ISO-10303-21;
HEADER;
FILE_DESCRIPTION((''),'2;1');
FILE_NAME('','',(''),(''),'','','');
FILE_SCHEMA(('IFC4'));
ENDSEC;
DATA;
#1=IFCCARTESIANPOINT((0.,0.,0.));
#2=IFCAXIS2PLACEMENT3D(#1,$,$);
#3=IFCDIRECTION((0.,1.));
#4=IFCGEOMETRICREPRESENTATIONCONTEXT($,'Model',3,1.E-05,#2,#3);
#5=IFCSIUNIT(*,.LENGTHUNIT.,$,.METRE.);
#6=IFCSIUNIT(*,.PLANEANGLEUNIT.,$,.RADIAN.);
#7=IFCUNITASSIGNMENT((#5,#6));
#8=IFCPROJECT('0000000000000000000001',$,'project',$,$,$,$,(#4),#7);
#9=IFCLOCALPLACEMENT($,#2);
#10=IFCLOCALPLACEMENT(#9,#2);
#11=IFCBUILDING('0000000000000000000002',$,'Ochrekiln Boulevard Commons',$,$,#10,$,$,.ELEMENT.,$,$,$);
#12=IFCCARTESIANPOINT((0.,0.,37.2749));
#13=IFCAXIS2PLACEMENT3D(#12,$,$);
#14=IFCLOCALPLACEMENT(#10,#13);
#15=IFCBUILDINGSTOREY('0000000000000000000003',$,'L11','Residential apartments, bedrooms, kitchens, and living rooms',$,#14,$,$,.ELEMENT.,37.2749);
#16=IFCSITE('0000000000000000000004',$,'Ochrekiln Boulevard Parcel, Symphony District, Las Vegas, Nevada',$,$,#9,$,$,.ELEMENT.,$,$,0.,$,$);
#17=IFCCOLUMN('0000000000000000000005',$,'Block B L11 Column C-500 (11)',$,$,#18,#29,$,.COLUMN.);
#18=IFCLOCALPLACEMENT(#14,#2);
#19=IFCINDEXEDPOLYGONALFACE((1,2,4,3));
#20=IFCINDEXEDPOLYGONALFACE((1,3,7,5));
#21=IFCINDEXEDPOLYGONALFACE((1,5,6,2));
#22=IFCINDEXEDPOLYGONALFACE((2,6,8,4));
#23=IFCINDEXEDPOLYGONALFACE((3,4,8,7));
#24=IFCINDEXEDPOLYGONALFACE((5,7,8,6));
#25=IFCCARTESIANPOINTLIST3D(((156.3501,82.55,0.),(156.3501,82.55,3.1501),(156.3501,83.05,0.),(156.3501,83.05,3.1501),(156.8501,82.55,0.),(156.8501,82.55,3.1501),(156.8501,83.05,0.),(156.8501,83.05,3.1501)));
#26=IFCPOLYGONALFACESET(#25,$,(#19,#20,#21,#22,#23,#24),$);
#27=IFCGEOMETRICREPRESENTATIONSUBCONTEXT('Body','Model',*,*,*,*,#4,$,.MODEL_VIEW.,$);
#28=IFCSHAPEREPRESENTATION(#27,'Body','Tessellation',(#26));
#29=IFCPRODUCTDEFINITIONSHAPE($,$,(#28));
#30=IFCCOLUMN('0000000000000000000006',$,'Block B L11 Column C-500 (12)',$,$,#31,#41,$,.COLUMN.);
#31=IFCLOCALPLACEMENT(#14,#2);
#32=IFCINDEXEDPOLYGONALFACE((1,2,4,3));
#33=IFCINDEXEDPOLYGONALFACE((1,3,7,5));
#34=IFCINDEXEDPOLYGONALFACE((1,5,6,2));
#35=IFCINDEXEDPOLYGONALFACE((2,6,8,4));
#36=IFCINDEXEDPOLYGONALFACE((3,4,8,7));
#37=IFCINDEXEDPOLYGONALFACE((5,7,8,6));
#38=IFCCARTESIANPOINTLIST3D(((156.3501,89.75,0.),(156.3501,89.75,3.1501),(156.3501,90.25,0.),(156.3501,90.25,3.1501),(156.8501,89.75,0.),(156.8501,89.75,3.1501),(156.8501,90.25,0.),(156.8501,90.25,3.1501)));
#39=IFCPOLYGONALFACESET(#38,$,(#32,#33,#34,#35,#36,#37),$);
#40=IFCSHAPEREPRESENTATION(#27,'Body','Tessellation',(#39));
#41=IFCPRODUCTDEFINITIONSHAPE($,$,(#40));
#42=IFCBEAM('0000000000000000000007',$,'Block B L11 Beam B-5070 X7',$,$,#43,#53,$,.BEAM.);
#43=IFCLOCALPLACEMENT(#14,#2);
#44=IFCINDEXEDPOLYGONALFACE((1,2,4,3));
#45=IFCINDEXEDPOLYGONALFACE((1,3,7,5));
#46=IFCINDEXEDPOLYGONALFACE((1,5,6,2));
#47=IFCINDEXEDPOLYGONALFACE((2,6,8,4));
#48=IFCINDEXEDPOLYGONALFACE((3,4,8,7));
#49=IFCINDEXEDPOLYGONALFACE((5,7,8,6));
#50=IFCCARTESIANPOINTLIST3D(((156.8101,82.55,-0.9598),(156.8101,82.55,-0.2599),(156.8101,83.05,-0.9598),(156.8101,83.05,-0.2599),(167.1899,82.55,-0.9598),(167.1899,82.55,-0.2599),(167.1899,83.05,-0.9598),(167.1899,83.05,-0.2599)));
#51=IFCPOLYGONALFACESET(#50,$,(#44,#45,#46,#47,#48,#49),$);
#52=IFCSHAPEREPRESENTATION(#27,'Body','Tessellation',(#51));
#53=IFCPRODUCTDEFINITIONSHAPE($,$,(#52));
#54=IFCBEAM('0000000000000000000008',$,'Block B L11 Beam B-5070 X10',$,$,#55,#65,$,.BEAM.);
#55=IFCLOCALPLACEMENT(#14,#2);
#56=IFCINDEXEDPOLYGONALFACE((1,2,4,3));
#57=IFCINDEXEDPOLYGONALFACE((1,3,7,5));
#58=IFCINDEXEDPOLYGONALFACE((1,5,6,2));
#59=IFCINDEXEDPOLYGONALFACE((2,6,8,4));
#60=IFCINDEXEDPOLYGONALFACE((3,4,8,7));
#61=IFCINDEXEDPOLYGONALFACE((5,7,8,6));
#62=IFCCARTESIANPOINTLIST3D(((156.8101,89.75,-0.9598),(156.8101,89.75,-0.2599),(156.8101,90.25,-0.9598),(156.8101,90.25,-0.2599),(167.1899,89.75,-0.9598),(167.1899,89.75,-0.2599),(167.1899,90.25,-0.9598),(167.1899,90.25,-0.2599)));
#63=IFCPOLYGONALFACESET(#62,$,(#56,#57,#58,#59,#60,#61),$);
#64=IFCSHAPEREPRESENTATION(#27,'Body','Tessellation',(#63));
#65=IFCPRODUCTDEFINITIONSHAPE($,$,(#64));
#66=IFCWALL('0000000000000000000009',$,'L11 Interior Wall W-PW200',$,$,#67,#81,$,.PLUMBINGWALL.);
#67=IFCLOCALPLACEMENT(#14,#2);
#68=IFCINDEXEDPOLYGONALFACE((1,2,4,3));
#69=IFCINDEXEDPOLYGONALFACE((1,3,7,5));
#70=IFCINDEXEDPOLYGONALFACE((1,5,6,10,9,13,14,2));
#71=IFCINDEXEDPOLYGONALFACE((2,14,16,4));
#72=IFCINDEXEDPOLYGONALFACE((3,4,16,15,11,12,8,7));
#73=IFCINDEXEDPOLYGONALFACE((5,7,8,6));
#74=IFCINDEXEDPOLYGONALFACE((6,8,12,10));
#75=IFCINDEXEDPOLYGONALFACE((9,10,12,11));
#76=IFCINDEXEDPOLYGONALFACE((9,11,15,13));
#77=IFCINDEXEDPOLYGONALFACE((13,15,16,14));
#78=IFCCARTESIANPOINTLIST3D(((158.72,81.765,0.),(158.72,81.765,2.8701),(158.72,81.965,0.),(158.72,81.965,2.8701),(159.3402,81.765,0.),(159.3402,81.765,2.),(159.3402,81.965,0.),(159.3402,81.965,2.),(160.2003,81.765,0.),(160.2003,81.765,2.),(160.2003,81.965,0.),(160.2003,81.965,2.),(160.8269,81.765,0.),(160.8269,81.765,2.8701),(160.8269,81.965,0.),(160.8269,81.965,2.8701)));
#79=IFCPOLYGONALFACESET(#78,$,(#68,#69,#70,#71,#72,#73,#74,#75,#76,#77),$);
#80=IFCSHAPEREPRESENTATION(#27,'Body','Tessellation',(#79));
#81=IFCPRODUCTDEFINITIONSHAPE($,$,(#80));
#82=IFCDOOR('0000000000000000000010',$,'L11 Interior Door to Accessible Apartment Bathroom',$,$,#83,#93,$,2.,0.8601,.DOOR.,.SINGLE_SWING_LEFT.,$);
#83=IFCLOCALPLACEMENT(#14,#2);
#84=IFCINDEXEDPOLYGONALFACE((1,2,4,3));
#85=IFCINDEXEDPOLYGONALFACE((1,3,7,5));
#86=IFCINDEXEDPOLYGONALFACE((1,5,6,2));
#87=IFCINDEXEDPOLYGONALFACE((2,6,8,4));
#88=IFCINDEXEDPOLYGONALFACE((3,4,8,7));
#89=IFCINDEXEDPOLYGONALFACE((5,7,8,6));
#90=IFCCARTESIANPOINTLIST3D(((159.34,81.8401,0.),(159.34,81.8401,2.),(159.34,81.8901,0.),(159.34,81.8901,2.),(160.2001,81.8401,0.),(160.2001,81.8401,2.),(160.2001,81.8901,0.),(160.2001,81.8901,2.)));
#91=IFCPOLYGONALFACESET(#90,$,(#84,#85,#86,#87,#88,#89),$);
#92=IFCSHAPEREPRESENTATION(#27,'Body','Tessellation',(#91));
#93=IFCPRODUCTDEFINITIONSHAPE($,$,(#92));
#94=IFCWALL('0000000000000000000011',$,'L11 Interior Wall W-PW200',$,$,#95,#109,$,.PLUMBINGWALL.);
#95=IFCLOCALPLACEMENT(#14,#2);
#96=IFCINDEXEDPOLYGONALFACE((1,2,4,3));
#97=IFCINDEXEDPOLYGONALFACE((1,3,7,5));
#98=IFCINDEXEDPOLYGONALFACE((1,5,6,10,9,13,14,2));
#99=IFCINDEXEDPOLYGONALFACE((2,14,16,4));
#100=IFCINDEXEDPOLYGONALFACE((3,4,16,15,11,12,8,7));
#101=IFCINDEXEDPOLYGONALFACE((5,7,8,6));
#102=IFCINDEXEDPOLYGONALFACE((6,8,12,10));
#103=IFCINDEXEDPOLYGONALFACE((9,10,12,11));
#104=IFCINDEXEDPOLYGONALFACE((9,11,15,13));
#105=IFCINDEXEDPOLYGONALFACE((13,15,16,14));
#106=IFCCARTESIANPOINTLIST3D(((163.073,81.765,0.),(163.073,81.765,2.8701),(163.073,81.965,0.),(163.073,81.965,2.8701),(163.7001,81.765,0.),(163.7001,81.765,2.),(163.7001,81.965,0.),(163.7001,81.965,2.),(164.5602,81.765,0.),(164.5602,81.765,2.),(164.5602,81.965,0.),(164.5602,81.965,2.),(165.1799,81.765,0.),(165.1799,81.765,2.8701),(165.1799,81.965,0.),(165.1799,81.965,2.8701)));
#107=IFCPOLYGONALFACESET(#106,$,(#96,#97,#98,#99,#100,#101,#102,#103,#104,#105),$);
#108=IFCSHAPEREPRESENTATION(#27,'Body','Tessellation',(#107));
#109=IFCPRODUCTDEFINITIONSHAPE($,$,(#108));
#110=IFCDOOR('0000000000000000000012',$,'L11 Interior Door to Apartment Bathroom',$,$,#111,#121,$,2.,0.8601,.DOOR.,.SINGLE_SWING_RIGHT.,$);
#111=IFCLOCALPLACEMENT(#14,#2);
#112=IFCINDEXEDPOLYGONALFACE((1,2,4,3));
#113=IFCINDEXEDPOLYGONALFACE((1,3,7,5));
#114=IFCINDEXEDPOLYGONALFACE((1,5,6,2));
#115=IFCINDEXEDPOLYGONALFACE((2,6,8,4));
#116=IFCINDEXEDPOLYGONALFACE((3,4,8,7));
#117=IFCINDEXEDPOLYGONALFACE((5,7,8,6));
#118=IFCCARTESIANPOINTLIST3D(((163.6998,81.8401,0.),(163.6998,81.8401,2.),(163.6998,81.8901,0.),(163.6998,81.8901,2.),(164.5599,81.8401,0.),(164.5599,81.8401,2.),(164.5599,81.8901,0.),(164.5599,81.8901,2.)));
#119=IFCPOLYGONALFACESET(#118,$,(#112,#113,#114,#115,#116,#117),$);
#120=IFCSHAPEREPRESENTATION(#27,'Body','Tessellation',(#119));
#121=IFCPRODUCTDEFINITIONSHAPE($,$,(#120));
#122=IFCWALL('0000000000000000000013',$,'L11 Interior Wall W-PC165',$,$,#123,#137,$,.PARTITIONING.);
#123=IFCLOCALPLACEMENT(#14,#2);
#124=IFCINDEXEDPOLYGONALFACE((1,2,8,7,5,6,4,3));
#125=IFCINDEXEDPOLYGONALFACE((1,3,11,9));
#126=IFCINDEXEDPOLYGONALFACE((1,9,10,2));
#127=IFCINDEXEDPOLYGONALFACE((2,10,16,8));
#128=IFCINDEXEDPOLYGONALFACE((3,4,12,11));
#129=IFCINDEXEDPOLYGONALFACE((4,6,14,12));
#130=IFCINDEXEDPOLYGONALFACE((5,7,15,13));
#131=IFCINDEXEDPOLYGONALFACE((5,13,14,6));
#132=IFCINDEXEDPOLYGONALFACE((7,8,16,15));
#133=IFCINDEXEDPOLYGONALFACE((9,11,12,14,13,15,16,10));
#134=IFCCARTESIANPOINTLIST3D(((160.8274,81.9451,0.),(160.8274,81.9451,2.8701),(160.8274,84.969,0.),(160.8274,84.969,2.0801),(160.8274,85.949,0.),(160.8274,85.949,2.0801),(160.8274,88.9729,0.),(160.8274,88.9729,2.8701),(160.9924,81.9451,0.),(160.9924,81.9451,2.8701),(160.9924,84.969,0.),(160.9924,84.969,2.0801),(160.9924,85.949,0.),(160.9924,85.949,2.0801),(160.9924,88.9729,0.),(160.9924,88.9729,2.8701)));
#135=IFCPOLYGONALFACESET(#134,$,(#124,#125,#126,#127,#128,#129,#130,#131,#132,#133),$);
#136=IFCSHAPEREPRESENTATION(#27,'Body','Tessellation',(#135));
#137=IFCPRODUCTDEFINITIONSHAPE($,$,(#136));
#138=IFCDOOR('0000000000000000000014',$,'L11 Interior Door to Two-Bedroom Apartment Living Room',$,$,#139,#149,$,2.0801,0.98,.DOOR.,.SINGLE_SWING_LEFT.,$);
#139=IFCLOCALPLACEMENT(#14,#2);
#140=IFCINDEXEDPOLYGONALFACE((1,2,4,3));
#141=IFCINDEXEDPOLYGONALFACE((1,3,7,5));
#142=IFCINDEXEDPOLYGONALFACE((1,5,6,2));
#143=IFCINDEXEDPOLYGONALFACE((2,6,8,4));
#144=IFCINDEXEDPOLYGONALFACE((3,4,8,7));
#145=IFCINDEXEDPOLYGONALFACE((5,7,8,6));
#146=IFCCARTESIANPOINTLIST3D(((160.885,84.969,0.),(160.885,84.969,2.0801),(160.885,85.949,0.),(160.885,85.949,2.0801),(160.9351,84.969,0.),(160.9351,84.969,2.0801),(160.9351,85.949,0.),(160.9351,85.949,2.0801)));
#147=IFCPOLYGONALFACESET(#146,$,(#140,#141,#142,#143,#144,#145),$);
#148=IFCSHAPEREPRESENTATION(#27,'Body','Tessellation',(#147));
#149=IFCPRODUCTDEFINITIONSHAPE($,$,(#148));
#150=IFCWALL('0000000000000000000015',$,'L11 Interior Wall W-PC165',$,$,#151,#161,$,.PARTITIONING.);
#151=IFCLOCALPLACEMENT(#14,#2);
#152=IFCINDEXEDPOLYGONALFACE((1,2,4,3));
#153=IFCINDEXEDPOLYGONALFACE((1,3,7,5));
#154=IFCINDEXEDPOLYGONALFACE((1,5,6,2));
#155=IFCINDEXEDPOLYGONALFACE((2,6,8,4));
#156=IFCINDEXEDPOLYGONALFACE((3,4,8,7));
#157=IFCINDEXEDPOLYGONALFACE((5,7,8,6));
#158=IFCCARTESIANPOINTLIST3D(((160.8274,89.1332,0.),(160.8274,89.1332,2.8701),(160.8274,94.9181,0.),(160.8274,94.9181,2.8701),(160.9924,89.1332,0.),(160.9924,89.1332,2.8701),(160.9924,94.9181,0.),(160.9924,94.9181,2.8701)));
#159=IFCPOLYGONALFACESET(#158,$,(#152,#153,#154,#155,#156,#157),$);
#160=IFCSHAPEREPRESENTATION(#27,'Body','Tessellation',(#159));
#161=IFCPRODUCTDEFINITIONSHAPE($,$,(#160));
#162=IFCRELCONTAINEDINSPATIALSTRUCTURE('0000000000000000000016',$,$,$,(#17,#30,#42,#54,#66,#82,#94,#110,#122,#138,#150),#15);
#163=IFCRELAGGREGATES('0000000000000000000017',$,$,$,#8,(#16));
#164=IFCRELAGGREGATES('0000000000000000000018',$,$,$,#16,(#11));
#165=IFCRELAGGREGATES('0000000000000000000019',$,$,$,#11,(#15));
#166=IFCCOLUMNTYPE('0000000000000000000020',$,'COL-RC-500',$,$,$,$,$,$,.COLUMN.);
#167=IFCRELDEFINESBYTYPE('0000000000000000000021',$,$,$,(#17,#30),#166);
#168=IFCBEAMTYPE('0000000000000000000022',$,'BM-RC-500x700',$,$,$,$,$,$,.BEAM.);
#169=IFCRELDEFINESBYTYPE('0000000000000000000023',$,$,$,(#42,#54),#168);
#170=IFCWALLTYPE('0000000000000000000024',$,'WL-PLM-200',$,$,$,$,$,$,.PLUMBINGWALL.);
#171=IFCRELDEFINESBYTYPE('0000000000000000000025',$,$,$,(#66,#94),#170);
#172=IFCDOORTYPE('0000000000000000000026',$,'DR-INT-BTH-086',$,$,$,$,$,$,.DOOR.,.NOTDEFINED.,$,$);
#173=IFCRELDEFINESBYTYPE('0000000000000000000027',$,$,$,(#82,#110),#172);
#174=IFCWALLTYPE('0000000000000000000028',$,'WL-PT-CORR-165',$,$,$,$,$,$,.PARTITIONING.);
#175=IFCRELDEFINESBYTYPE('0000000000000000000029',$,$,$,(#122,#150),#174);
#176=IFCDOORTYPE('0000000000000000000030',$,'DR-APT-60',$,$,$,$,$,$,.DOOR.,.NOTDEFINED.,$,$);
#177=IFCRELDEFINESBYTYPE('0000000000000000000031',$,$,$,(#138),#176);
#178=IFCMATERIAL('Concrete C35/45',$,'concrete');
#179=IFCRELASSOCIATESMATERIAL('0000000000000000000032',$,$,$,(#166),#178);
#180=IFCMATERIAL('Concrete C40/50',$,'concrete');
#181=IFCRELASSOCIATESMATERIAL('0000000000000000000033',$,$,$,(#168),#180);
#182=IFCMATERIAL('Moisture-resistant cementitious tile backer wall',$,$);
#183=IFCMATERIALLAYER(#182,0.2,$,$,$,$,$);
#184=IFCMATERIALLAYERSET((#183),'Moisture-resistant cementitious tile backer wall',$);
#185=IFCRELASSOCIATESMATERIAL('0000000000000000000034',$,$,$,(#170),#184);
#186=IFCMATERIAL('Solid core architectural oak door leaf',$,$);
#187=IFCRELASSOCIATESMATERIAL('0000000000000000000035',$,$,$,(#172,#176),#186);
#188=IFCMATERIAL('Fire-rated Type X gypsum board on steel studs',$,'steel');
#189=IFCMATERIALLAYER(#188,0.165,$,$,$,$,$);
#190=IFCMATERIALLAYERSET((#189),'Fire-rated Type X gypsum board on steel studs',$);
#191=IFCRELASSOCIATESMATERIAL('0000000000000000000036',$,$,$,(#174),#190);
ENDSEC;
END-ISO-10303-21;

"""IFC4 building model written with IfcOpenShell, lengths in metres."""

from ifc_helpers import new_model, si_unit, direction, frame, frame_2d, origin, origin_2d, place, context, subcontext, project, spatial, rectangle, extrude, material, layer, layer_set, material_profile, profile_set, type_object, element, fill, save


model = new_model("IFC4")

# Units and contexts
model_context = context("Model", 3, precision=1e-05, world=origin(), true_north=direction((0.0, 1.0)))
body_context = subcontext(model_context, "Body", "Model", "MODEL_VIEW")
ifc_project = project(units=[si_unit("LENGTHUNIT", "METRE"), si_unit("PLANEANGLEUNIT", "RADIAN")], contexts=[model_context])

# Site, building, storey
site_placement = place(None, origin())
site = spatial("IfcSite", under=ifc_project, at=site_placement, Name="Ochrekiln Boulevard Parcel, Symphony District, Las Vegas, Nevada", CompositionType="ELEMENT", RefElevation=0.0)
building_placement = place(site_placement, origin())
building = spatial("IfcBuilding", under=site, at=building_placement, Name="Ochrekiln Boulevard Commons", CompositionType="ELEMENT")
storey_placement = place(building_placement, frame((0.0, 0.0, 37.2749)))
storey = spatial("IfcBuildingStorey", under=building, at=storey_placement, Name="L11", Description="Residential apartments, bedrooms, kitchens, and living rooms", CompositionType="ELEMENT", Elevation=37.2749)

# Columns
ifc_material_1 = material(Name="Concrete C35/45", Category="concrete")
ifc_material_profile_1 = material_profile(ifc_material_1, rectangle(XDim=0.5, YDim=0.5, at=origin_2d()), Name="RC-COL-500x500")
ifc_profile_set_1 = profile_set([ifc_material_profile_1], Name="Concrete C35/45")
column_type = type_object("IfcColumnType", Name="COL-RC-500", PredefinedType="COLUMN", material=ifc_profile_set_1)
for number, where, z_axis, x_axis, name in (
    (1, (156.6001, 82.8, 0.0), (0.0, 0.0, 1.0), (1.0, 0.0, 0.0), "Block B L11 Column C-500 (11)"),
    (2, (156.6001, 90.0, 0.0), (0.0, 0.0, 1.0), (1.0, 0.0, 0.0), "Block B L11 Column C-500 (12)"),
):
    element("IfcColumn", number, at=place(storey_placement, frame(where, z_axis=z_axis, x_axis=x_axis)), inside=storey, type_object=column_type, Name=name, PredefinedType="COLUMN", context=body_context, shape_type="SweptSolid", body=[
        extrude(rectangle(XDim=0.5, YDim=0.5, at=origin_2d()), origin(), (0.0, 0.0, 1.0), 3.1501),
    ])

# Beams
ifc_material_2 = material(Name="Concrete C40/50", Category="concrete")
ifc_material_profile_2 = material_profile(ifc_material_2, rectangle(XDim=0.5, YDim=0.7, at=origin_2d()), Name="RC-BM-500x700")
ifc_profile_set_2 = profile_set([ifc_material_profile_2], Name="Concrete C40/50")
beam_type = type_object("IfcBeamType", Name="BM-RC-500x700", PredefinedType="BEAM", material=ifc_profile_set_2)
for number, where, z_axis, x_axis, name in (
    (3, (156.8101, 82.8, -0.6099), (1.0, 0.0, 0.0), (0.0, 1.0, 0.0), "Block B L11 Beam B-5070 X7"),
    (4, (156.8101, 90.0, -0.6099), (1.0, 0.0, 0.0), (0.0, 1.0, 0.0), "Block B L11 Beam B-5070 X10"),
):
    element("IfcBeam", number, at=place(storey_placement, frame(where, z_axis=z_axis, x_axis=x_axis)), inside=storey, type_object=beam_type, Name=name, PredefinedType="BEAM", context=body_context, shape_type="SweptSolid", body=[
        extrude(rectangle(XDim=0.5, YDim=0.7, at=origin_2d()), origin(), (0.0, 0.0, 1.0), 10.3799),
    ])

# Walls, openings, doors
ifc_material_3 = material(Name="Moisture-resistant cementitious tile backer wall")
ifc_layer_1 = layer(ifc_material_3, 0.2)
ifc_layer_set_1 = layer_set([ifc_layer_1], Name="Moisture-resistant cementitious tile backer wall")
wall_type_1 = type_object("IfcWallType", Name="WL-PLM-200", PredefinedType="PLUMBINGWALL", material=ifc_layer_set_1)
wall_1_placement = place(storey_placement, frame((158.72, 81.865, 0.0), z_axis=(0.0, 0.0, 1.0), x_axis=(1.0, 0.0, 0.0)))
wall_1 = element("IfcWall", 5, at=wall_1_placement, inside=storey, type_object=wall_type_1, Name="L11 Interior Wall W-PW200", PredefinedType="PLUMBINGWALL", context=body_context, shape_type="SweptSolid", body=[
    extrude(rectangle(XDim=2.1069, YDim=0.2, at=frame_2d((1.0535, 0.0))), origin(), (0.0, 0.0, 1.0), 2.8701),
])
opening_1_placement = place(wall_1_placement, frame((0.6201, 0.0, 0.0)))
opening_1 = element("IfcOpeningElement", 6, at=opening_1_placement, cuts=wall_1, PredefinedType="OPENING", context=body_context, shape_type="SweptSolid", body=[
    extrude(rectangle(XDim=0.8601, YDim=2.0, at=frame_2d((0.4302, 1.0))), frame((0.0, 0.1099, 0.0), z_axis=(0.0, -1.0, 0.0), x_axis=(1.0, 0.0, 0.0)), (0.0, 0.0, 1.0), 0.22),
])
ifc_material_4 = material(Name="Solid core architectural oak door leaf")
door_type_1 = type_object("IfcDoorType", Name="DR-INT-BTH-086", OperationType="NOTDEFINED", PredefinedType="DOOR", material=ifc_material_4)
door_1_placement = place(opening_1_placement, frame((0.8601, 0.0, 0.0), z_axis=(0.0, 0.0, 1.0), x_axis=(-1.0, 0.0, 0.0)))
door_1 = element("IfcDoor", 7, at=door_1_placement, inside=storey, type_object=door_type_1, Name="L11 Interior Door to Accessible Apartment Bathroom", OperationType="SINGLE_SWING_LEFT", OverallHeight=2.0, OverallWidth=0.8601, PredefinedType="DOOR", context=body_context, shape_type="SweptSolid", body=[
    extrude(rectangle(XDim=0.8601, YDim=2.0, at=frame_2d((0.4302, 1.0))), frame((0.0, 0.0249, 0.0), z_axis=(0.0, -1.0, 0.0), x_axis=(1.0, 0.0, 0.0)), (0.0, 0.0, 1.0), 0.05),
])
fill(opening_1, door_1)
wall_2_placement = place(storey_placement, frame((163.073, 81.865, 0.0), z_axis=(0.0, 0.0, 1.0), x_axis=(1.0, 0.0, 0.0)))
wall_2 = element("IfcWall", 8, at=wall_2_placement, inside=storey, type_object=wall_type_1, Name="L11 Interior Wall W-PW200", PredefinedType="PLUMBINGWALL", context=body_context, shape_type="SweptSolid", body=[
    extrude(rectangle(XDim=2.1069, YDim=0.2, at=frame_2d((1.0535, 0.0))), origin(), (0.0, 0.0, 1.0), 2.8701),
])
opening_2_placement = place(wall_2_placement, frame((0.627, 0.0, 0.0)))
opening_2 = element("IfcOpeningElement", 9, at=opening_2_placement, cuts=wall_2, PredefinedType="OPENING", context=body_context, shape_type="SweptSolid", body=[
    extrude(rectangle(XDim=0.8601, YDim=2.0, at=frame_2d((0.4302, 1.0))), frame((0.0, 0.1099, 0.0), z_axis=(0.0, -1.0, 0.0), x_axis=(1.0, 0.0, 0.0)), (0.0, 0.0, 1.0), 0.22),
])
door_2_placement = place(opening_2_placement, frame((0.8601, 0.0, 0.0), z_axis=(0.0, 0.0, 1.0), x_axis=(-1.0, 0.0, 0.0)))
door_2 = element("IfcDoor", 10, at=door_2_placement, inside=storey, type_object=door_type_1, Name="L11 Interior Door to Apartment Bathroom", OperationType="SINGLE_SWING_RIGHT", OverallHeight=2.0, OverallWidth=0.8601, PredefinedType="DOOR", context=body_context, shape_type="SweptSolid", body=[
    extrude(rectangle(XDim=0.8601, YDim=2.0, at=frame_2d((0.4302, 1.0))), frame((0.0, 0.0249, 0.0), z_axis=(0.0, -1.0, 0.0), x_axis=(1.0, 0.0, 0.0)), (0.0, 0.0, 1.0), 0.05),
])
fill(opening_2, door_2)
ifc_material_5 = material(Name="Fire-rated Type X gypsum board on steel studs", Category="steel")
ifc_layer_2 = layer(ifc_material_5, 0.165)
ifc_layer_set_2 = layer_set([ifc_layer_2], Name="Fire-rated Type X gypsum board on steel studs")
wall_type_2 = type_object("IfcWallType", Name="WL-PT-CORR-165", PredefinedType="PARTITIONING", material=ifc_layer_set_2)
wall_3_placement = place(storey_placement, frame((160.9099, 81.9451, 0.0), z_axis=(0.0, 0.0, 1.0), x_axis=(0.0, 1.0, 0.0)))
wall_3 = element("IfcWall", 11, at=wall_3_placement, inside=storey, type_object=wall_type_2, Name="L11 Interior Wall W-PC165", PredefinedType="PARTITIONING", context=body_context, shape_type="SweptSolid", body=[
    extrude(rectangle(XDim=7.0278, YDim=0.165, at=frame_2d((3.5139, 0.0))), origin(), (0.0, 0.0, 1.0), 2.8701),
])
opening_3_placement = place(wall_3_placement, frame((3.0239, 0.0, 0.0)))
opening_3 = element("IfcOpeningElement", 12, at=opening_3_placement, cuts=wall_3, PredefinedType="OPENING", context=body_context, shape_type="SweptSolid", body=[
    extrude(rectangle(XDim=0.98, YDim=2.0801, at=frame_2d((0.49, 1.04))), frame((0.0, 0.0925, 0.0), z_axis=(0.0, -1.0, 0.0), x_axis=(1.0, 0.0, 0.0)), (0.0, 0.0, 1.0), 0.1851),
])
door_type_2 = type_object("IfcDoorType", Name="DR-APT-60", OperationType="NOTDEFINED", PredefinedType="DOOR", material=ifc_material_4)
door_3_placement = place(opening_3_placement, origin())
door_3 = element("IfcDoor", 13, at=door_3_placement, inside=storey, type_object=door_type_2, Name="L11 Interior Door to Two-Bedroom Apartment Living Room", OperationType="SINGLE_SWING_LEFT", OverallHeight=2.0801, OverallWidth=0.98, PredefinedType="DOOR", context=body_context, shape_type="SweptSolid", body=[
    extrude(rectangle(XDim=0.98, YDim=2.0801, at=frame_2d((0.49, 1.04))), frame((0.0, 0.0249, 0.0), z_axis=(0.0, -1.0, 0.0), x_axis=(1.0, 0.0, 0.0)), (0.0, 0.0, 1.0), 0.05),
])
fill(opening_3, door_3)

# Wall
wall_4_placement = place(storey_placement, frame((160.9099, 89.1331, 0.0), z_axis=(0.0, 0.0, 1.0), x_axis=(0.0, 1.0, 0.0)))
element("IfcWall", 14, at=wall_4_placement, inside=storey, type_object=wall_type_2, Name="L11 Interior Wall W-PC165", PredefinedType="PARTITIONING", context=body_context, shape_type="SweptSolid", body=[
    extrude(rectangle(XDim=5.7849, YDim=0.165, at=frame_2d((2.8926, 0.0))), origin(), (0.0, 0.0, 1.0), 2.8701),
])

save(model, "model.ifc")
